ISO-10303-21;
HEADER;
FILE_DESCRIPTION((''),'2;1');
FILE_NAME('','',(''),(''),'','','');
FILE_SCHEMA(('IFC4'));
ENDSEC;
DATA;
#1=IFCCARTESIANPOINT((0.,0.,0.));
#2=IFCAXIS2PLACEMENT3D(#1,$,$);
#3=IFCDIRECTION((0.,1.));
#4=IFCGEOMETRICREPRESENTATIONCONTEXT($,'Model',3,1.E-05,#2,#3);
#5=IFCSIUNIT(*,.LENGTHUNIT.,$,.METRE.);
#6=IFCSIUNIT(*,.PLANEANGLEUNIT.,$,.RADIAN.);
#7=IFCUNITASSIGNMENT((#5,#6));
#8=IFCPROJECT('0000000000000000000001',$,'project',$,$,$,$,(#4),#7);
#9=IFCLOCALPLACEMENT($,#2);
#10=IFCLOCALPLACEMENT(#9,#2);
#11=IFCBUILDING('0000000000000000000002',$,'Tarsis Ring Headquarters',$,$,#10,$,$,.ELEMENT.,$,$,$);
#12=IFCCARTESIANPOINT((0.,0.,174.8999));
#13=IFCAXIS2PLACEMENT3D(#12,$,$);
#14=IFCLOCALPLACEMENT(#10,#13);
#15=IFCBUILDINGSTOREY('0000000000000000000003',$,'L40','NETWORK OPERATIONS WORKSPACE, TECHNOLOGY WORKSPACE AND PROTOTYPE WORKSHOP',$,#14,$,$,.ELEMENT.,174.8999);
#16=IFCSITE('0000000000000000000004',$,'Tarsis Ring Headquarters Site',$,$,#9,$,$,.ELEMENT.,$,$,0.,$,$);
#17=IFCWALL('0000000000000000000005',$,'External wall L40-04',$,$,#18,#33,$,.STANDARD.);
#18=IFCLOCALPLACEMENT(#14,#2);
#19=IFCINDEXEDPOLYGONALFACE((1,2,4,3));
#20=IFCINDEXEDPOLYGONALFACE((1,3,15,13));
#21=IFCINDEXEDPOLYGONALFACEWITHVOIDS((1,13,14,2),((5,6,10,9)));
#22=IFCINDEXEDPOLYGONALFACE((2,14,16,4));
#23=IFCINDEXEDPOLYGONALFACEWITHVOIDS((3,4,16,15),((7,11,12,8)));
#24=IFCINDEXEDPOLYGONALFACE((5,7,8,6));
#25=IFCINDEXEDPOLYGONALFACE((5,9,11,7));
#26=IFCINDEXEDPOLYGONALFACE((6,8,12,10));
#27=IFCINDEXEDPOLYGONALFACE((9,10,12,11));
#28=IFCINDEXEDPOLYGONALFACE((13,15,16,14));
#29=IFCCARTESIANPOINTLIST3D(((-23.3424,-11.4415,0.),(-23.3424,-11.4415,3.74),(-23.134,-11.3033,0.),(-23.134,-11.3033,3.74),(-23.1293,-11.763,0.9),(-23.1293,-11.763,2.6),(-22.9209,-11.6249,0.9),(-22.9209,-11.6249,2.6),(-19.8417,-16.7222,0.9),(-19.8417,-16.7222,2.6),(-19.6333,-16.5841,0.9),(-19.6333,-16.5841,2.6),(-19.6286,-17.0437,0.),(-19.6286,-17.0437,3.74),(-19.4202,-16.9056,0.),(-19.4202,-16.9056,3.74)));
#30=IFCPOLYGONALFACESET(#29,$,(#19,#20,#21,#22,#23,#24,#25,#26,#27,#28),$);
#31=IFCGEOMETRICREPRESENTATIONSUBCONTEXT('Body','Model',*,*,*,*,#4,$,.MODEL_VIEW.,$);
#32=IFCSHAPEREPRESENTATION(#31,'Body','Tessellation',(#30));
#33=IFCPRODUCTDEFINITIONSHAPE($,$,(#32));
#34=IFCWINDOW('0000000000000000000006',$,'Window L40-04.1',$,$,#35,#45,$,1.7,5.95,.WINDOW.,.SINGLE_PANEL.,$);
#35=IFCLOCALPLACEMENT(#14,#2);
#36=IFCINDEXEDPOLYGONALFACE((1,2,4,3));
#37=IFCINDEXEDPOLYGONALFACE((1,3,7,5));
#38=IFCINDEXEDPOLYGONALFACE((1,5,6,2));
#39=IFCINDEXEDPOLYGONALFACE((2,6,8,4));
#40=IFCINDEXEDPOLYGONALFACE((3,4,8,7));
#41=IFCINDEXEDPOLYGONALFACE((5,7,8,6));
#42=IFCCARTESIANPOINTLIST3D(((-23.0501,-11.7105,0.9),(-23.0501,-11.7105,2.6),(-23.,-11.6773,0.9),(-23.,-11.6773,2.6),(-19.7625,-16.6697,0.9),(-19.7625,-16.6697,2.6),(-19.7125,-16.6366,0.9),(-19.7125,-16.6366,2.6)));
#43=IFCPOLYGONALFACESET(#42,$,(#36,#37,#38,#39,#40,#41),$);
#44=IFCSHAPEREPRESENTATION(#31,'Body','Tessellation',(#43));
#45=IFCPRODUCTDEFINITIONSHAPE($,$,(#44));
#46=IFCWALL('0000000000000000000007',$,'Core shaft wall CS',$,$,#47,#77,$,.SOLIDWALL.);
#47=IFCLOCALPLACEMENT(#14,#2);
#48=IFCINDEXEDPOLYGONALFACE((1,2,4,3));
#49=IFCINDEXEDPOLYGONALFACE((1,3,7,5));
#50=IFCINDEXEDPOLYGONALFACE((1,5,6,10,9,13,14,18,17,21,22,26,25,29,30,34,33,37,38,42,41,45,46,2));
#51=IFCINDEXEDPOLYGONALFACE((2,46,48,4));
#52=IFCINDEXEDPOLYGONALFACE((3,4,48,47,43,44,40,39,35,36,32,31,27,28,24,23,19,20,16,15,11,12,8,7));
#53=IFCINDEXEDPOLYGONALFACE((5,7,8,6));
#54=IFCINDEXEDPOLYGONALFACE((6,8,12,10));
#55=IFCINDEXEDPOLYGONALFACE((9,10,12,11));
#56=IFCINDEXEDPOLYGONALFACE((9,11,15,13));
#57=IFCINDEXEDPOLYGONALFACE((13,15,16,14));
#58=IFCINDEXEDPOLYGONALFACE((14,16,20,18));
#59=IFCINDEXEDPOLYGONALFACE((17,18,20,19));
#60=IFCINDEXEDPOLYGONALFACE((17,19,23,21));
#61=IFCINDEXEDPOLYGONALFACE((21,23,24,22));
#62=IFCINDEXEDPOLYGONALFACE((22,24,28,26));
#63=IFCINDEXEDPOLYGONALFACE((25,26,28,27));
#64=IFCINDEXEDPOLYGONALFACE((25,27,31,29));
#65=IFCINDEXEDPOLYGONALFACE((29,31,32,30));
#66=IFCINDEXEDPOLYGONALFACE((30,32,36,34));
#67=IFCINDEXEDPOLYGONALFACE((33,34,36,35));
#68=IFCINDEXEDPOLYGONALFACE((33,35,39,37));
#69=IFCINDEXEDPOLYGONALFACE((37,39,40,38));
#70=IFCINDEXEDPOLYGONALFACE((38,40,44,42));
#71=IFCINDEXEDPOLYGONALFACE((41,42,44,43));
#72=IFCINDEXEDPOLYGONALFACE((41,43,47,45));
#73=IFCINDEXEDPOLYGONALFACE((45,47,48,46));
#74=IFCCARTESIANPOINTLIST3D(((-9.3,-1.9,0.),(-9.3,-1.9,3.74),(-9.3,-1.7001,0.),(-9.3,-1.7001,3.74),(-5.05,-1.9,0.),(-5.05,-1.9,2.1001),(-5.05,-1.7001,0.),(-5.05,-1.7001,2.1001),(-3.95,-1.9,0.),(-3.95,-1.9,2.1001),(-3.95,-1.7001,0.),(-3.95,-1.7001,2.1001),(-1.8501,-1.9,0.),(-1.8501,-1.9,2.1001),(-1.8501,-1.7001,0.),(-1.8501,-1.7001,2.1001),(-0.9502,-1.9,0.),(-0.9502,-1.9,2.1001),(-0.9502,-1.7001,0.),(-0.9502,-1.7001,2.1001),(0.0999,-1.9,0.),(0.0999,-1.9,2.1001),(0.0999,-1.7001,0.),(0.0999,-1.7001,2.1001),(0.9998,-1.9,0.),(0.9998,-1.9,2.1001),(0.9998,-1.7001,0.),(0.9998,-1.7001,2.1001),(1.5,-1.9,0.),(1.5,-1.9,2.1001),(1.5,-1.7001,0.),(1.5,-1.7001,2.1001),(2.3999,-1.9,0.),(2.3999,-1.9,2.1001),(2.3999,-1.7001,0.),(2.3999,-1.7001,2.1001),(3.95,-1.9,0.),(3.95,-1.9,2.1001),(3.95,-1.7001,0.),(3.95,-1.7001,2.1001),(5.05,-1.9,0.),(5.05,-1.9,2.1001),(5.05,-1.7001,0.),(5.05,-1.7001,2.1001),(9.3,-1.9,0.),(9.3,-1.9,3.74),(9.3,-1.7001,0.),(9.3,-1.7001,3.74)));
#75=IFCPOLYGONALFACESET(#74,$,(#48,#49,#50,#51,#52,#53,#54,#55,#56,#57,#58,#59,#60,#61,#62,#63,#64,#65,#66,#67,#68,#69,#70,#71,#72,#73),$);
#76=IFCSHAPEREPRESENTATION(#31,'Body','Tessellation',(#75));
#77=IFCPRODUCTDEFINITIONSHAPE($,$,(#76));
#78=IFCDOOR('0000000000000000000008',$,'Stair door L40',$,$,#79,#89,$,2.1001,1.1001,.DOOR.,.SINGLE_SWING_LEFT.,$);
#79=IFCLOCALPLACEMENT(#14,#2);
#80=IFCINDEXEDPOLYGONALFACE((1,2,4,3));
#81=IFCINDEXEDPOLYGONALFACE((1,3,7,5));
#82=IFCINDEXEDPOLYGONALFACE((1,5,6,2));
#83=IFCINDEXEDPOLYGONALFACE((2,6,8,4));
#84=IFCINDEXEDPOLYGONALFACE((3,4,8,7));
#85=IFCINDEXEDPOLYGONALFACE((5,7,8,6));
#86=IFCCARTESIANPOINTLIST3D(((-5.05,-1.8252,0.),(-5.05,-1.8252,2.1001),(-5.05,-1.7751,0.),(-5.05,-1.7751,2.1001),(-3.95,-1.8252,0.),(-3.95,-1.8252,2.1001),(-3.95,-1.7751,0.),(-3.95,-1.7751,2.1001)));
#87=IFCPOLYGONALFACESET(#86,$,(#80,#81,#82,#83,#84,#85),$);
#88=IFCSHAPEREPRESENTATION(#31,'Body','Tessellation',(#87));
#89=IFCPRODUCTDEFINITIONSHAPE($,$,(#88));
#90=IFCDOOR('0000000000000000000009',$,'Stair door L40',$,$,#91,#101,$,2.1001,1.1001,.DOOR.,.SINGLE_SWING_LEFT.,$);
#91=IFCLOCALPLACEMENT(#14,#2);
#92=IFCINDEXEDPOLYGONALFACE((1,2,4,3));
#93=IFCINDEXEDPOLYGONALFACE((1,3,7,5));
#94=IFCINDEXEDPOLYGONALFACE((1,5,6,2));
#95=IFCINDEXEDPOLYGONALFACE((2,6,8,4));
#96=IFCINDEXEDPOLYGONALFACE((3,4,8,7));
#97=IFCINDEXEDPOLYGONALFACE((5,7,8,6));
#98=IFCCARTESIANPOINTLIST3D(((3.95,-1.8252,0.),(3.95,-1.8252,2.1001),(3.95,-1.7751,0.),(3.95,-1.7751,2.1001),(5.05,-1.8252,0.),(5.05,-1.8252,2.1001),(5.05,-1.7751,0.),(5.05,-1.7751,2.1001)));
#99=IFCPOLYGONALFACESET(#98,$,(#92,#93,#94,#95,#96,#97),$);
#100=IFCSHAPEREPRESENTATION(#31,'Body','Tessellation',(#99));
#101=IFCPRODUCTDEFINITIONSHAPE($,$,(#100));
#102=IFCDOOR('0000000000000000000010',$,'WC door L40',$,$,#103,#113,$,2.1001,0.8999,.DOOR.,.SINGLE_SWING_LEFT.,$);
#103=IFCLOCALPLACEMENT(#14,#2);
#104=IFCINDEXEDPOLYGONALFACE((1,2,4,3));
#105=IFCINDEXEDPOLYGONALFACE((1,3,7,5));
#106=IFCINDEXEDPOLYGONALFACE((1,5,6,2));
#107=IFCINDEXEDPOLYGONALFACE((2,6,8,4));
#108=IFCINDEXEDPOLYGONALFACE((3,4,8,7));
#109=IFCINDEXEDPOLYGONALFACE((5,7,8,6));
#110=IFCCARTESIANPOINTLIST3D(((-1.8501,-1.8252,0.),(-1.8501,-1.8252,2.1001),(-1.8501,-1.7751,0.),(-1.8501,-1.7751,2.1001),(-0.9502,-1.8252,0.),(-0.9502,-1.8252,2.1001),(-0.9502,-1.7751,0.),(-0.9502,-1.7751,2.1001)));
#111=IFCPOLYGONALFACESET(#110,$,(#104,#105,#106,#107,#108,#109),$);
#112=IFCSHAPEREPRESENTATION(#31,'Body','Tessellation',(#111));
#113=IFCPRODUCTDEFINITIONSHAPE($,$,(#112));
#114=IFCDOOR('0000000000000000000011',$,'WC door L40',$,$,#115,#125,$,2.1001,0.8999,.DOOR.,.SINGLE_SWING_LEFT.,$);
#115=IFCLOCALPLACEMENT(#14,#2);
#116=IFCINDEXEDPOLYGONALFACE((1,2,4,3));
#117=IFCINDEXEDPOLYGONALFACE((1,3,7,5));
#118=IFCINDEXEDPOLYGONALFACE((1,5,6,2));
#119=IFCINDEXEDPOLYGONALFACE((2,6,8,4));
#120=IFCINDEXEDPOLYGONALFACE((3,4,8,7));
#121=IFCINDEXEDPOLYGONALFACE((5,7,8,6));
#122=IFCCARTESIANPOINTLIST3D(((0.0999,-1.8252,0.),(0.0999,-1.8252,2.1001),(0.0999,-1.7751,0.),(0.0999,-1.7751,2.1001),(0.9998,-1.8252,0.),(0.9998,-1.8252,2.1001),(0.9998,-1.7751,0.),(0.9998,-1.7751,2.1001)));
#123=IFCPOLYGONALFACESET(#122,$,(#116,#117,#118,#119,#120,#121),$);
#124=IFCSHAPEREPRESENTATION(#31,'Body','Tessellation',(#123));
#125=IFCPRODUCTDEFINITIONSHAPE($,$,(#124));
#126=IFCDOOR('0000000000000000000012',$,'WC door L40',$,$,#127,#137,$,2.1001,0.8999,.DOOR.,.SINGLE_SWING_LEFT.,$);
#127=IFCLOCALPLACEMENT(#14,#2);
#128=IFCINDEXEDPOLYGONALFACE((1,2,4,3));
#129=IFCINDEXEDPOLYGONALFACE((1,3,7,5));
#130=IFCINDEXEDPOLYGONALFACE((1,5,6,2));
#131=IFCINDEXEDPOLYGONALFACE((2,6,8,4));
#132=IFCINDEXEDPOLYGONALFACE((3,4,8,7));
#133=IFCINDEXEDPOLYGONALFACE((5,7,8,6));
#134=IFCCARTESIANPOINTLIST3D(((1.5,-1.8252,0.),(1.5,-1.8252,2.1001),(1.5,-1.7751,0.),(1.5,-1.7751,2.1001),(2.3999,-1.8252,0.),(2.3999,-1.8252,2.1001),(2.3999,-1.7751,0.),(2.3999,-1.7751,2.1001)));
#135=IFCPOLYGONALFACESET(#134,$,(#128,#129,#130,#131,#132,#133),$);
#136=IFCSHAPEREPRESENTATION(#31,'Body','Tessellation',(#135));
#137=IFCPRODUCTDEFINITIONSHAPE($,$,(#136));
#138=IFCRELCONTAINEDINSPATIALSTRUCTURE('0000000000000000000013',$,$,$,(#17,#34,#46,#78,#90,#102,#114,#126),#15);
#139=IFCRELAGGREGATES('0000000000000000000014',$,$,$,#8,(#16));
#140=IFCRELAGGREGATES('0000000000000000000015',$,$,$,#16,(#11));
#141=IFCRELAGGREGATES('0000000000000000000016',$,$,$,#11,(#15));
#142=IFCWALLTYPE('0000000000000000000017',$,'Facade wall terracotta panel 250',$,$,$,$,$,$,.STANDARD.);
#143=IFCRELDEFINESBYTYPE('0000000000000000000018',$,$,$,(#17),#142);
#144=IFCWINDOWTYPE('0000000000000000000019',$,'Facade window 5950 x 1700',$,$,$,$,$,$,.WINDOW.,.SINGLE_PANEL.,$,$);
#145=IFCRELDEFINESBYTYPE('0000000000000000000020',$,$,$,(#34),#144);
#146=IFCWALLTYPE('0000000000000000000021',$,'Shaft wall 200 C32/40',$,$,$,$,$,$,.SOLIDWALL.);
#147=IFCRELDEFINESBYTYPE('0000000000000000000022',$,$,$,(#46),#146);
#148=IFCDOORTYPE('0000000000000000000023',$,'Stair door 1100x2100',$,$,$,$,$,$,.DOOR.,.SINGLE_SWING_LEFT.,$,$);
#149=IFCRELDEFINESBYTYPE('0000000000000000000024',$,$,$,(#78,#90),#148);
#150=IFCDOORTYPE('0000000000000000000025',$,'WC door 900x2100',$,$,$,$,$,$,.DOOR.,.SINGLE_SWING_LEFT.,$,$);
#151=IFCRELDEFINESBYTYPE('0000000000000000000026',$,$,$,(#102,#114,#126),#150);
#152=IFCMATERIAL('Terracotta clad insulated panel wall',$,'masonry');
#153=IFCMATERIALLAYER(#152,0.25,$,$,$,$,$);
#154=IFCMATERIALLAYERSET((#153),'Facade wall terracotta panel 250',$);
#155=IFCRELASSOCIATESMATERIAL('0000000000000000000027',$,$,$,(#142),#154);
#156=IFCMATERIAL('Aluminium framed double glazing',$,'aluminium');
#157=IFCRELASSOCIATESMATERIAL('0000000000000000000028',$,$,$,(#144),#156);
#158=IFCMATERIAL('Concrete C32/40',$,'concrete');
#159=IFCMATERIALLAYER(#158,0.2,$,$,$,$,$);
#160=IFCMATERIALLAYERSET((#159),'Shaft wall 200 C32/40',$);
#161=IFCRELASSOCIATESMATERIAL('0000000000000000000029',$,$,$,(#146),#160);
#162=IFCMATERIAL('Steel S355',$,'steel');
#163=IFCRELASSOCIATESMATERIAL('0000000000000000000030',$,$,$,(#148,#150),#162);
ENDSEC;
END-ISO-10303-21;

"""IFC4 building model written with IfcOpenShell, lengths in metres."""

from ifc_helpers import new_model, si_unit, direction, frame, frame_2d, origin, place, context, subcontext, project, spatial, rectangle, extrude, material, layer, layer_set, type_object, element, fill, save


model = new_model("IFC4")

# Units and contexts
model_context = context("Model", 3, precision=1e-05, world=origin(), true_north=direction((0.0, 1.0)))
body_context = subcontext(model_context, "Body", "Model", "MODEL_VIEW")
ifc_project = project(units=[si_unit("LENGTHUNIT", "METRE"), si_unit("PLANEANGLEUNIT", "RADIAN")], contexts=[model_context])

# Site, building, storey
site_placement = place(None, origin())
site = spatial("IfcSite", under=ifc_project, at=site_placement, Name="Tarsis Ring Headquarters Site", CompositionType="ELEMENT", RefElevation=0.0)
building_placement = place(site_placement, origin())
building = spatial("IfcBuilding", under=site, at=building_placement, Name="Tarsis Ring Headquarters", CompositionType="ELEMENT")
storey_placement = place(building_placement, frame((0.0, 0.0, 174.8999)))
storey = spatial("IfcBuildingStorey", under=building, at=storey_placement, Name="L40", Description="NETWORK OPERATIONS WORKSPACE, TECHNOLOGY WORKSPACE AND PROTOTYPE WORKSHOP", CompositionType="ELEMENT", Elevation=174.8999)

# Wall, opening, window
ifc_material_1 = material(Name="Terracotta clad insulated panel wall", Category="masonry")
ifc_layer_1 = layer(ifc_material_1, 0.25)
ifc_layer_set_1 = layer_set([ifc_layer_1], Name="Facade wall terracotta panel 250")
wall_type_1 = type_object("IfcWallType", Name="Facade wall terracotta panel 250", PredefinedType="STANDARD", material=ifc_layer_set_1)
ifc_material_2 = material(Name="Aluminium framed double glazing", Category="aluminium")
window_type_1 = type_object("IfcWindowType", Name="Facade window 5950 x 1700", PartitioningType="SINGLE_PANEL", PredefinedType="WINDOW", material=ifc_material_2)
wall_1_placement = place(storey_placement, frame((-23.2383, -11.3723, 0.0), z_axis=(0.0, 0.0, 1.0), x_axis=(0.552536, -0.833489, 0.0)))
wall_1 = element("IfcWall", 1, at=wall_1_placement, inside=storey, type_object=wall_type_1, Name="External wall L40-04", PredefinedType="STANDARD", context=body_context, shape_type="SweptSolid", body=[
    extrude(rectangle(XDim=6.7214, YDim=0.25, at=frame_2d((3.3608, 0.0))), origin(), (0.0, 0.0, 1.0), 3.74),
])
opening_1_placement = place(wall_1_placement, frame((0.3857, 0.0, 0.8999)))
opening_1 = element("IfcOpeningElement", 2, at=opening_1_placement, cuts=wall_1, PredefinedType="OPENING", context=body_context, shape_type="SweptSolid", body=[
    extrude(rectangle(XDim=5.95, YDim=1.7, at=frame_2d((2.9751, 0.8501))), frame((0.0, 0.135, 0.0), z_axis=(0.0, -1.0, 0.0), x_axis=(1.0, 0.0, 0.0)), (0.0, 0.0, 1.0), 0.27),
])
window_1_placement = place(opening_1_placement, origin())
window_1 = element("IfcWindow", 3, at=window_1_placement, inside=storey, type_object=window_type_1, Name="Window L40-04.1", OverallHeight=1.7, OverallWidth=5.95, PartitioningType="SINGLE_PANEL", PredefinedType="WINDOW", context=body_context, shape_type="SweptSolid", body=[
    extrude(rectangle(XDim=5.95, YDim=1.7, at=frame_2d((2.9751, 0.8501))), frame((0.0, 0.03, 0.0), z_axis=(0.0, -1.0, 0.0), x_axis=(1.0, 0.0, 0.0)), (0.0, 0.0, 1.0), 0.0601),
])
fill(opening_1, window_1)

# Wall, openings, doors
ifc_material_3 = material(Name="Concrete C32/40", Category="concrete")
ifc_layer_2 = layer(ifc_material_3, 0.2)
ifc_layer_set_2 = layer_set([ifc_layer_2], Name="Shaft wall 200 C32/40")
wall_type_2 = type_object("IfcWallType", Name="Shaft wall 200 C32/40", PredefinedType="SOLIDWALL", material=ifc_layer_set_2)
wall_2_placement = place(storey_placement, frame((-9.3, -1.8, 0.0), z_axis=(0.0, 0.0, 1.0), x_axis=(1.0, 0.0, 0.0)))
wall_2 = element("IfcWall", 4, at=wall_2_placement, inside=storey, type_object=wall_type_2, Name="Core shaft wall CS", PredefinedType="SOLIDWALL", context=body_context, shape_type="SweptSolid", body=[
    extrude(rectangle(XDim=18.6001, YDim=0.2, at=frame_2d((9.3, 0.0))), origin(), (0.0, 0.0, 1.0), 3.74),
])
opening_2_placement = place(wall_2_placement, frame((4.25, 0.0, 0.0)))
opening_2 = element("IfcOpeningElement", 5, at=opening_2_placement, cuts=wall_2, PredefinedType="OPENING", context=body_context, shape_type="SweptSolid", body=[
    extrude(rectangle(XDim=1.1001, YDim=2.1001, at=frame_2d((0.55, 1.05))), frame((0.0, 0.1099, 0.0), z_axis=(0.0, -1.0, 0.0), x_axis=(1.0, 0.0, 0.0)), (0.0, 0.0, 1.0), 0.22),
])
opening_3_placement = place(wall_2_placement, frame((7.45, 0.0, 0.0)))
opening_3 = element("IfcOpeningElement", 6, at=opening_3_placement, cuts=wall_2, PredefinedType="OPENING", context=body_context, shape_type="SweptSolid", body=[
    extrude(rectangle(XDim=0.8999, YDim=2.1001, at=frame_2d((0.45, 1.05))), frame((0.0, 0.1099, 0.0), z_axis=(0.0, -1.0, 0.0), x_axis=(1.0, 0.0, 0.0)), (0.0, 0.0, 1.0), 0.22),
])
opening_4_placement = place(wall_2_placement, frame((9.3999, 0.0, 0.0)))
opening_4 = element("IfcOpeningElement", 7, at=opening_4_placement, cuts=wall_2, PredefinedType="OPENING", context=body_context, shape_type="SweptSolid", body=[
    extrude(rectangle(XDim=0.8999, YDim=2.1001, at=frame_2d((0.45, 1.05))), frame((0.0, 0.1099, 0.0), z_axis=(0.0, -1.0, 0.0), x_axis=(1.0, 0.0, 0.0)), (0.0, 0.0, 1.0), 0.22),
])
opening_5_placement = place(wall_2_placement, frame((10.8, 0.0, 0.0)))
opening_5 = element("IfcOpeningElement", 8, at=opening_5_placement, cuts=wall_2, PredefinedType="OPENING", context=body_context, shape_type="SweptSolid", body=[
    extrude(rectangle(XDim=0.8999, YDim=2.1001, at=frame_2d((0.45, 1.05))), frame((0.0, 0.1099, 0.0), z_axis=(0.0, -1.0, 0.0), x_axis=(1.0, 0.0, 0.0)), (0.0, 0.0, 1.0), 0.22),
])
opening_6_placement = place(wall_2_placement, frame((13.25, 0.0, 0.0)))
opening_6 = element("IfcOpeningElement", 9, at=opening_6_placement, cuts=wall_2, PredefinedType="OPENING", context=body_context, shape_type="SweptSolid", body=[
    extrude(rectangle(XDim=1.1001, YDim=2.1001, at=frame_2d((0.55, 1.05))), frame((0.0, 0.1099, 0.0), z_axis=(0.0, -1.0, 0.0), x_axis=(1.0, 0.0, 0.0)), (0.0, 0.0, 1.0), 0.22),
])
ifc_material_4 = material(Name="Steel S355", Category="steel")
door_type_1 = type_object("IfcDoorType", Name="Stair door 1100x2100", OperationType="SINGLE_SWING_LEFT", PredefinedType="DOOR", material=ifc_material_4)
door_1_placement = place(opening_2_placement, origin())
door_1 = element("IfcDoor", 10, at=door_1_placement, inside=storey, type_object=door_type_1, Name="Stair door L40", OperationType="SINGLE_SWING_LEFT", OverallHeight=2.1001, OverallWidth=1.1001, PredefinedType="DOOR", context=body_context, shape_type="SweptSolid", body=[
    extrude(rectangle(XDim=1.1001, YDim=2.1001, at=frame_2d((0.55, 1.05))), frame((0.0, 0.0249, 0.0), z_axis=(0.0, -1.0, 0.0), x_axis=(1.0, 0.0, 0.0)), (0.0, 0.0, 1.0), 0.05),
])
fill(opening_2, door_1)
door_2_placement = place(opening_6_placement, origin())
door_2 = element("IfcDoor", 11, at=door_2_placement, inside=storey, type_object=door_type_1, Name="Stair door L40", OperationType="SINGLE_SWING_LEFT", OverallHeight=2.1001, OverallWidth=1.1001, PredefinedType="DOOR", context=body_context, shape_type="SweptSolid", body=[
    extrude(rectangle(XDim=1.1001, YDim=2.1001, at=frame_2d((0.55, 1.05))), frame((0.0, 0.0249, 0.0), z_axis=(0.0, -1.0, 0.0), x_axis=(1.0, 0.0, 0.0)), (0.0, 0.0, 1.0), 0.05),
])
fill(opening_6, door_2)
door_type_2 = type_object("IfcDoorType", Name="WC door 900x2100", OperationType="SINGLE_SWING_LEFT", PredefinedType="DOOR", material=ifc_material_4)
door_3_placement = place(opening_3_placement, origin())
door_3 = element("IfcDoor", 12, at=door_3_placement, inside=storey, type_object=door_type_2, Name="WC door L40", OperationType="SINGLE_SWING_LEFT", OverallHeight=2.1001, OverallWidth=0.8999, PredefinedType="DOOR", context=body_context, shape_type="SweptSolid", body=[
    extrude(rectangle(XDim=0.8999, YDim=2.1001, at=frame_2d((0.45, 1.05))), frame((0.0, 0.0249, 0.0), z_axis=(0.0, -1.0, 0.0), x_axis=(1.0, 0.0, 0.0)), (0.0, 0.0, 1.0), 0.05),
])
fill(opening_3, door_3)
door_4_placement = place(opening_4_placement, origin())
door_4 = element("IfcDoor", 13, at=door_4_placement, inside=storey, type_object=door_type_2, Name="WC door L40", OperationType="SINGLE_SWING_LEFT", OverallHeight=2.1001, OverallWidth=0.8999, PredefinedType="DOOR", context=body_context, shape_type="SweptSolid", body=[
    extrude(rectangle(XDim=0.8999, YDim=2.1001, at=frame_2d((0.45, 1.05))), frame((0.0, 0.0249, 0.0), z_axis=(0.0, -1.0, 0.0), x_axis=(1.0, 0.0, 0.0)), (0.0, 0.0, 1.0), 0.05),
])
fill(opening_4, door_4)
door_5_placement = place(opening_5_placement, origin())
door_5 = element("IfcDoor", 14, at=door_5_placement, inside=storey, type_object=door_type_2, Name="WC door L40", OperationType="SINGLE_SWING_LEFT", OverallHeight=2.1001, OverallWidth=0.8999, PredefinedType="DOOR", context=body_context, shape_type="SweptSolid", body=[
    extrude(rectangle(XDim=0.8999, YDim=2.1001, at=frame_2d((0.45, 1.05))), frame((0.0, 0.0249, 0.0), z_axis=(0.0, -1.0, 0.0), x_axis=(1.0, 0.0, 0.0)), (0.0, 0.0, 1.0), 0.05),
])
fill(opening_5, door_5)

save(model, "model.ifc")
